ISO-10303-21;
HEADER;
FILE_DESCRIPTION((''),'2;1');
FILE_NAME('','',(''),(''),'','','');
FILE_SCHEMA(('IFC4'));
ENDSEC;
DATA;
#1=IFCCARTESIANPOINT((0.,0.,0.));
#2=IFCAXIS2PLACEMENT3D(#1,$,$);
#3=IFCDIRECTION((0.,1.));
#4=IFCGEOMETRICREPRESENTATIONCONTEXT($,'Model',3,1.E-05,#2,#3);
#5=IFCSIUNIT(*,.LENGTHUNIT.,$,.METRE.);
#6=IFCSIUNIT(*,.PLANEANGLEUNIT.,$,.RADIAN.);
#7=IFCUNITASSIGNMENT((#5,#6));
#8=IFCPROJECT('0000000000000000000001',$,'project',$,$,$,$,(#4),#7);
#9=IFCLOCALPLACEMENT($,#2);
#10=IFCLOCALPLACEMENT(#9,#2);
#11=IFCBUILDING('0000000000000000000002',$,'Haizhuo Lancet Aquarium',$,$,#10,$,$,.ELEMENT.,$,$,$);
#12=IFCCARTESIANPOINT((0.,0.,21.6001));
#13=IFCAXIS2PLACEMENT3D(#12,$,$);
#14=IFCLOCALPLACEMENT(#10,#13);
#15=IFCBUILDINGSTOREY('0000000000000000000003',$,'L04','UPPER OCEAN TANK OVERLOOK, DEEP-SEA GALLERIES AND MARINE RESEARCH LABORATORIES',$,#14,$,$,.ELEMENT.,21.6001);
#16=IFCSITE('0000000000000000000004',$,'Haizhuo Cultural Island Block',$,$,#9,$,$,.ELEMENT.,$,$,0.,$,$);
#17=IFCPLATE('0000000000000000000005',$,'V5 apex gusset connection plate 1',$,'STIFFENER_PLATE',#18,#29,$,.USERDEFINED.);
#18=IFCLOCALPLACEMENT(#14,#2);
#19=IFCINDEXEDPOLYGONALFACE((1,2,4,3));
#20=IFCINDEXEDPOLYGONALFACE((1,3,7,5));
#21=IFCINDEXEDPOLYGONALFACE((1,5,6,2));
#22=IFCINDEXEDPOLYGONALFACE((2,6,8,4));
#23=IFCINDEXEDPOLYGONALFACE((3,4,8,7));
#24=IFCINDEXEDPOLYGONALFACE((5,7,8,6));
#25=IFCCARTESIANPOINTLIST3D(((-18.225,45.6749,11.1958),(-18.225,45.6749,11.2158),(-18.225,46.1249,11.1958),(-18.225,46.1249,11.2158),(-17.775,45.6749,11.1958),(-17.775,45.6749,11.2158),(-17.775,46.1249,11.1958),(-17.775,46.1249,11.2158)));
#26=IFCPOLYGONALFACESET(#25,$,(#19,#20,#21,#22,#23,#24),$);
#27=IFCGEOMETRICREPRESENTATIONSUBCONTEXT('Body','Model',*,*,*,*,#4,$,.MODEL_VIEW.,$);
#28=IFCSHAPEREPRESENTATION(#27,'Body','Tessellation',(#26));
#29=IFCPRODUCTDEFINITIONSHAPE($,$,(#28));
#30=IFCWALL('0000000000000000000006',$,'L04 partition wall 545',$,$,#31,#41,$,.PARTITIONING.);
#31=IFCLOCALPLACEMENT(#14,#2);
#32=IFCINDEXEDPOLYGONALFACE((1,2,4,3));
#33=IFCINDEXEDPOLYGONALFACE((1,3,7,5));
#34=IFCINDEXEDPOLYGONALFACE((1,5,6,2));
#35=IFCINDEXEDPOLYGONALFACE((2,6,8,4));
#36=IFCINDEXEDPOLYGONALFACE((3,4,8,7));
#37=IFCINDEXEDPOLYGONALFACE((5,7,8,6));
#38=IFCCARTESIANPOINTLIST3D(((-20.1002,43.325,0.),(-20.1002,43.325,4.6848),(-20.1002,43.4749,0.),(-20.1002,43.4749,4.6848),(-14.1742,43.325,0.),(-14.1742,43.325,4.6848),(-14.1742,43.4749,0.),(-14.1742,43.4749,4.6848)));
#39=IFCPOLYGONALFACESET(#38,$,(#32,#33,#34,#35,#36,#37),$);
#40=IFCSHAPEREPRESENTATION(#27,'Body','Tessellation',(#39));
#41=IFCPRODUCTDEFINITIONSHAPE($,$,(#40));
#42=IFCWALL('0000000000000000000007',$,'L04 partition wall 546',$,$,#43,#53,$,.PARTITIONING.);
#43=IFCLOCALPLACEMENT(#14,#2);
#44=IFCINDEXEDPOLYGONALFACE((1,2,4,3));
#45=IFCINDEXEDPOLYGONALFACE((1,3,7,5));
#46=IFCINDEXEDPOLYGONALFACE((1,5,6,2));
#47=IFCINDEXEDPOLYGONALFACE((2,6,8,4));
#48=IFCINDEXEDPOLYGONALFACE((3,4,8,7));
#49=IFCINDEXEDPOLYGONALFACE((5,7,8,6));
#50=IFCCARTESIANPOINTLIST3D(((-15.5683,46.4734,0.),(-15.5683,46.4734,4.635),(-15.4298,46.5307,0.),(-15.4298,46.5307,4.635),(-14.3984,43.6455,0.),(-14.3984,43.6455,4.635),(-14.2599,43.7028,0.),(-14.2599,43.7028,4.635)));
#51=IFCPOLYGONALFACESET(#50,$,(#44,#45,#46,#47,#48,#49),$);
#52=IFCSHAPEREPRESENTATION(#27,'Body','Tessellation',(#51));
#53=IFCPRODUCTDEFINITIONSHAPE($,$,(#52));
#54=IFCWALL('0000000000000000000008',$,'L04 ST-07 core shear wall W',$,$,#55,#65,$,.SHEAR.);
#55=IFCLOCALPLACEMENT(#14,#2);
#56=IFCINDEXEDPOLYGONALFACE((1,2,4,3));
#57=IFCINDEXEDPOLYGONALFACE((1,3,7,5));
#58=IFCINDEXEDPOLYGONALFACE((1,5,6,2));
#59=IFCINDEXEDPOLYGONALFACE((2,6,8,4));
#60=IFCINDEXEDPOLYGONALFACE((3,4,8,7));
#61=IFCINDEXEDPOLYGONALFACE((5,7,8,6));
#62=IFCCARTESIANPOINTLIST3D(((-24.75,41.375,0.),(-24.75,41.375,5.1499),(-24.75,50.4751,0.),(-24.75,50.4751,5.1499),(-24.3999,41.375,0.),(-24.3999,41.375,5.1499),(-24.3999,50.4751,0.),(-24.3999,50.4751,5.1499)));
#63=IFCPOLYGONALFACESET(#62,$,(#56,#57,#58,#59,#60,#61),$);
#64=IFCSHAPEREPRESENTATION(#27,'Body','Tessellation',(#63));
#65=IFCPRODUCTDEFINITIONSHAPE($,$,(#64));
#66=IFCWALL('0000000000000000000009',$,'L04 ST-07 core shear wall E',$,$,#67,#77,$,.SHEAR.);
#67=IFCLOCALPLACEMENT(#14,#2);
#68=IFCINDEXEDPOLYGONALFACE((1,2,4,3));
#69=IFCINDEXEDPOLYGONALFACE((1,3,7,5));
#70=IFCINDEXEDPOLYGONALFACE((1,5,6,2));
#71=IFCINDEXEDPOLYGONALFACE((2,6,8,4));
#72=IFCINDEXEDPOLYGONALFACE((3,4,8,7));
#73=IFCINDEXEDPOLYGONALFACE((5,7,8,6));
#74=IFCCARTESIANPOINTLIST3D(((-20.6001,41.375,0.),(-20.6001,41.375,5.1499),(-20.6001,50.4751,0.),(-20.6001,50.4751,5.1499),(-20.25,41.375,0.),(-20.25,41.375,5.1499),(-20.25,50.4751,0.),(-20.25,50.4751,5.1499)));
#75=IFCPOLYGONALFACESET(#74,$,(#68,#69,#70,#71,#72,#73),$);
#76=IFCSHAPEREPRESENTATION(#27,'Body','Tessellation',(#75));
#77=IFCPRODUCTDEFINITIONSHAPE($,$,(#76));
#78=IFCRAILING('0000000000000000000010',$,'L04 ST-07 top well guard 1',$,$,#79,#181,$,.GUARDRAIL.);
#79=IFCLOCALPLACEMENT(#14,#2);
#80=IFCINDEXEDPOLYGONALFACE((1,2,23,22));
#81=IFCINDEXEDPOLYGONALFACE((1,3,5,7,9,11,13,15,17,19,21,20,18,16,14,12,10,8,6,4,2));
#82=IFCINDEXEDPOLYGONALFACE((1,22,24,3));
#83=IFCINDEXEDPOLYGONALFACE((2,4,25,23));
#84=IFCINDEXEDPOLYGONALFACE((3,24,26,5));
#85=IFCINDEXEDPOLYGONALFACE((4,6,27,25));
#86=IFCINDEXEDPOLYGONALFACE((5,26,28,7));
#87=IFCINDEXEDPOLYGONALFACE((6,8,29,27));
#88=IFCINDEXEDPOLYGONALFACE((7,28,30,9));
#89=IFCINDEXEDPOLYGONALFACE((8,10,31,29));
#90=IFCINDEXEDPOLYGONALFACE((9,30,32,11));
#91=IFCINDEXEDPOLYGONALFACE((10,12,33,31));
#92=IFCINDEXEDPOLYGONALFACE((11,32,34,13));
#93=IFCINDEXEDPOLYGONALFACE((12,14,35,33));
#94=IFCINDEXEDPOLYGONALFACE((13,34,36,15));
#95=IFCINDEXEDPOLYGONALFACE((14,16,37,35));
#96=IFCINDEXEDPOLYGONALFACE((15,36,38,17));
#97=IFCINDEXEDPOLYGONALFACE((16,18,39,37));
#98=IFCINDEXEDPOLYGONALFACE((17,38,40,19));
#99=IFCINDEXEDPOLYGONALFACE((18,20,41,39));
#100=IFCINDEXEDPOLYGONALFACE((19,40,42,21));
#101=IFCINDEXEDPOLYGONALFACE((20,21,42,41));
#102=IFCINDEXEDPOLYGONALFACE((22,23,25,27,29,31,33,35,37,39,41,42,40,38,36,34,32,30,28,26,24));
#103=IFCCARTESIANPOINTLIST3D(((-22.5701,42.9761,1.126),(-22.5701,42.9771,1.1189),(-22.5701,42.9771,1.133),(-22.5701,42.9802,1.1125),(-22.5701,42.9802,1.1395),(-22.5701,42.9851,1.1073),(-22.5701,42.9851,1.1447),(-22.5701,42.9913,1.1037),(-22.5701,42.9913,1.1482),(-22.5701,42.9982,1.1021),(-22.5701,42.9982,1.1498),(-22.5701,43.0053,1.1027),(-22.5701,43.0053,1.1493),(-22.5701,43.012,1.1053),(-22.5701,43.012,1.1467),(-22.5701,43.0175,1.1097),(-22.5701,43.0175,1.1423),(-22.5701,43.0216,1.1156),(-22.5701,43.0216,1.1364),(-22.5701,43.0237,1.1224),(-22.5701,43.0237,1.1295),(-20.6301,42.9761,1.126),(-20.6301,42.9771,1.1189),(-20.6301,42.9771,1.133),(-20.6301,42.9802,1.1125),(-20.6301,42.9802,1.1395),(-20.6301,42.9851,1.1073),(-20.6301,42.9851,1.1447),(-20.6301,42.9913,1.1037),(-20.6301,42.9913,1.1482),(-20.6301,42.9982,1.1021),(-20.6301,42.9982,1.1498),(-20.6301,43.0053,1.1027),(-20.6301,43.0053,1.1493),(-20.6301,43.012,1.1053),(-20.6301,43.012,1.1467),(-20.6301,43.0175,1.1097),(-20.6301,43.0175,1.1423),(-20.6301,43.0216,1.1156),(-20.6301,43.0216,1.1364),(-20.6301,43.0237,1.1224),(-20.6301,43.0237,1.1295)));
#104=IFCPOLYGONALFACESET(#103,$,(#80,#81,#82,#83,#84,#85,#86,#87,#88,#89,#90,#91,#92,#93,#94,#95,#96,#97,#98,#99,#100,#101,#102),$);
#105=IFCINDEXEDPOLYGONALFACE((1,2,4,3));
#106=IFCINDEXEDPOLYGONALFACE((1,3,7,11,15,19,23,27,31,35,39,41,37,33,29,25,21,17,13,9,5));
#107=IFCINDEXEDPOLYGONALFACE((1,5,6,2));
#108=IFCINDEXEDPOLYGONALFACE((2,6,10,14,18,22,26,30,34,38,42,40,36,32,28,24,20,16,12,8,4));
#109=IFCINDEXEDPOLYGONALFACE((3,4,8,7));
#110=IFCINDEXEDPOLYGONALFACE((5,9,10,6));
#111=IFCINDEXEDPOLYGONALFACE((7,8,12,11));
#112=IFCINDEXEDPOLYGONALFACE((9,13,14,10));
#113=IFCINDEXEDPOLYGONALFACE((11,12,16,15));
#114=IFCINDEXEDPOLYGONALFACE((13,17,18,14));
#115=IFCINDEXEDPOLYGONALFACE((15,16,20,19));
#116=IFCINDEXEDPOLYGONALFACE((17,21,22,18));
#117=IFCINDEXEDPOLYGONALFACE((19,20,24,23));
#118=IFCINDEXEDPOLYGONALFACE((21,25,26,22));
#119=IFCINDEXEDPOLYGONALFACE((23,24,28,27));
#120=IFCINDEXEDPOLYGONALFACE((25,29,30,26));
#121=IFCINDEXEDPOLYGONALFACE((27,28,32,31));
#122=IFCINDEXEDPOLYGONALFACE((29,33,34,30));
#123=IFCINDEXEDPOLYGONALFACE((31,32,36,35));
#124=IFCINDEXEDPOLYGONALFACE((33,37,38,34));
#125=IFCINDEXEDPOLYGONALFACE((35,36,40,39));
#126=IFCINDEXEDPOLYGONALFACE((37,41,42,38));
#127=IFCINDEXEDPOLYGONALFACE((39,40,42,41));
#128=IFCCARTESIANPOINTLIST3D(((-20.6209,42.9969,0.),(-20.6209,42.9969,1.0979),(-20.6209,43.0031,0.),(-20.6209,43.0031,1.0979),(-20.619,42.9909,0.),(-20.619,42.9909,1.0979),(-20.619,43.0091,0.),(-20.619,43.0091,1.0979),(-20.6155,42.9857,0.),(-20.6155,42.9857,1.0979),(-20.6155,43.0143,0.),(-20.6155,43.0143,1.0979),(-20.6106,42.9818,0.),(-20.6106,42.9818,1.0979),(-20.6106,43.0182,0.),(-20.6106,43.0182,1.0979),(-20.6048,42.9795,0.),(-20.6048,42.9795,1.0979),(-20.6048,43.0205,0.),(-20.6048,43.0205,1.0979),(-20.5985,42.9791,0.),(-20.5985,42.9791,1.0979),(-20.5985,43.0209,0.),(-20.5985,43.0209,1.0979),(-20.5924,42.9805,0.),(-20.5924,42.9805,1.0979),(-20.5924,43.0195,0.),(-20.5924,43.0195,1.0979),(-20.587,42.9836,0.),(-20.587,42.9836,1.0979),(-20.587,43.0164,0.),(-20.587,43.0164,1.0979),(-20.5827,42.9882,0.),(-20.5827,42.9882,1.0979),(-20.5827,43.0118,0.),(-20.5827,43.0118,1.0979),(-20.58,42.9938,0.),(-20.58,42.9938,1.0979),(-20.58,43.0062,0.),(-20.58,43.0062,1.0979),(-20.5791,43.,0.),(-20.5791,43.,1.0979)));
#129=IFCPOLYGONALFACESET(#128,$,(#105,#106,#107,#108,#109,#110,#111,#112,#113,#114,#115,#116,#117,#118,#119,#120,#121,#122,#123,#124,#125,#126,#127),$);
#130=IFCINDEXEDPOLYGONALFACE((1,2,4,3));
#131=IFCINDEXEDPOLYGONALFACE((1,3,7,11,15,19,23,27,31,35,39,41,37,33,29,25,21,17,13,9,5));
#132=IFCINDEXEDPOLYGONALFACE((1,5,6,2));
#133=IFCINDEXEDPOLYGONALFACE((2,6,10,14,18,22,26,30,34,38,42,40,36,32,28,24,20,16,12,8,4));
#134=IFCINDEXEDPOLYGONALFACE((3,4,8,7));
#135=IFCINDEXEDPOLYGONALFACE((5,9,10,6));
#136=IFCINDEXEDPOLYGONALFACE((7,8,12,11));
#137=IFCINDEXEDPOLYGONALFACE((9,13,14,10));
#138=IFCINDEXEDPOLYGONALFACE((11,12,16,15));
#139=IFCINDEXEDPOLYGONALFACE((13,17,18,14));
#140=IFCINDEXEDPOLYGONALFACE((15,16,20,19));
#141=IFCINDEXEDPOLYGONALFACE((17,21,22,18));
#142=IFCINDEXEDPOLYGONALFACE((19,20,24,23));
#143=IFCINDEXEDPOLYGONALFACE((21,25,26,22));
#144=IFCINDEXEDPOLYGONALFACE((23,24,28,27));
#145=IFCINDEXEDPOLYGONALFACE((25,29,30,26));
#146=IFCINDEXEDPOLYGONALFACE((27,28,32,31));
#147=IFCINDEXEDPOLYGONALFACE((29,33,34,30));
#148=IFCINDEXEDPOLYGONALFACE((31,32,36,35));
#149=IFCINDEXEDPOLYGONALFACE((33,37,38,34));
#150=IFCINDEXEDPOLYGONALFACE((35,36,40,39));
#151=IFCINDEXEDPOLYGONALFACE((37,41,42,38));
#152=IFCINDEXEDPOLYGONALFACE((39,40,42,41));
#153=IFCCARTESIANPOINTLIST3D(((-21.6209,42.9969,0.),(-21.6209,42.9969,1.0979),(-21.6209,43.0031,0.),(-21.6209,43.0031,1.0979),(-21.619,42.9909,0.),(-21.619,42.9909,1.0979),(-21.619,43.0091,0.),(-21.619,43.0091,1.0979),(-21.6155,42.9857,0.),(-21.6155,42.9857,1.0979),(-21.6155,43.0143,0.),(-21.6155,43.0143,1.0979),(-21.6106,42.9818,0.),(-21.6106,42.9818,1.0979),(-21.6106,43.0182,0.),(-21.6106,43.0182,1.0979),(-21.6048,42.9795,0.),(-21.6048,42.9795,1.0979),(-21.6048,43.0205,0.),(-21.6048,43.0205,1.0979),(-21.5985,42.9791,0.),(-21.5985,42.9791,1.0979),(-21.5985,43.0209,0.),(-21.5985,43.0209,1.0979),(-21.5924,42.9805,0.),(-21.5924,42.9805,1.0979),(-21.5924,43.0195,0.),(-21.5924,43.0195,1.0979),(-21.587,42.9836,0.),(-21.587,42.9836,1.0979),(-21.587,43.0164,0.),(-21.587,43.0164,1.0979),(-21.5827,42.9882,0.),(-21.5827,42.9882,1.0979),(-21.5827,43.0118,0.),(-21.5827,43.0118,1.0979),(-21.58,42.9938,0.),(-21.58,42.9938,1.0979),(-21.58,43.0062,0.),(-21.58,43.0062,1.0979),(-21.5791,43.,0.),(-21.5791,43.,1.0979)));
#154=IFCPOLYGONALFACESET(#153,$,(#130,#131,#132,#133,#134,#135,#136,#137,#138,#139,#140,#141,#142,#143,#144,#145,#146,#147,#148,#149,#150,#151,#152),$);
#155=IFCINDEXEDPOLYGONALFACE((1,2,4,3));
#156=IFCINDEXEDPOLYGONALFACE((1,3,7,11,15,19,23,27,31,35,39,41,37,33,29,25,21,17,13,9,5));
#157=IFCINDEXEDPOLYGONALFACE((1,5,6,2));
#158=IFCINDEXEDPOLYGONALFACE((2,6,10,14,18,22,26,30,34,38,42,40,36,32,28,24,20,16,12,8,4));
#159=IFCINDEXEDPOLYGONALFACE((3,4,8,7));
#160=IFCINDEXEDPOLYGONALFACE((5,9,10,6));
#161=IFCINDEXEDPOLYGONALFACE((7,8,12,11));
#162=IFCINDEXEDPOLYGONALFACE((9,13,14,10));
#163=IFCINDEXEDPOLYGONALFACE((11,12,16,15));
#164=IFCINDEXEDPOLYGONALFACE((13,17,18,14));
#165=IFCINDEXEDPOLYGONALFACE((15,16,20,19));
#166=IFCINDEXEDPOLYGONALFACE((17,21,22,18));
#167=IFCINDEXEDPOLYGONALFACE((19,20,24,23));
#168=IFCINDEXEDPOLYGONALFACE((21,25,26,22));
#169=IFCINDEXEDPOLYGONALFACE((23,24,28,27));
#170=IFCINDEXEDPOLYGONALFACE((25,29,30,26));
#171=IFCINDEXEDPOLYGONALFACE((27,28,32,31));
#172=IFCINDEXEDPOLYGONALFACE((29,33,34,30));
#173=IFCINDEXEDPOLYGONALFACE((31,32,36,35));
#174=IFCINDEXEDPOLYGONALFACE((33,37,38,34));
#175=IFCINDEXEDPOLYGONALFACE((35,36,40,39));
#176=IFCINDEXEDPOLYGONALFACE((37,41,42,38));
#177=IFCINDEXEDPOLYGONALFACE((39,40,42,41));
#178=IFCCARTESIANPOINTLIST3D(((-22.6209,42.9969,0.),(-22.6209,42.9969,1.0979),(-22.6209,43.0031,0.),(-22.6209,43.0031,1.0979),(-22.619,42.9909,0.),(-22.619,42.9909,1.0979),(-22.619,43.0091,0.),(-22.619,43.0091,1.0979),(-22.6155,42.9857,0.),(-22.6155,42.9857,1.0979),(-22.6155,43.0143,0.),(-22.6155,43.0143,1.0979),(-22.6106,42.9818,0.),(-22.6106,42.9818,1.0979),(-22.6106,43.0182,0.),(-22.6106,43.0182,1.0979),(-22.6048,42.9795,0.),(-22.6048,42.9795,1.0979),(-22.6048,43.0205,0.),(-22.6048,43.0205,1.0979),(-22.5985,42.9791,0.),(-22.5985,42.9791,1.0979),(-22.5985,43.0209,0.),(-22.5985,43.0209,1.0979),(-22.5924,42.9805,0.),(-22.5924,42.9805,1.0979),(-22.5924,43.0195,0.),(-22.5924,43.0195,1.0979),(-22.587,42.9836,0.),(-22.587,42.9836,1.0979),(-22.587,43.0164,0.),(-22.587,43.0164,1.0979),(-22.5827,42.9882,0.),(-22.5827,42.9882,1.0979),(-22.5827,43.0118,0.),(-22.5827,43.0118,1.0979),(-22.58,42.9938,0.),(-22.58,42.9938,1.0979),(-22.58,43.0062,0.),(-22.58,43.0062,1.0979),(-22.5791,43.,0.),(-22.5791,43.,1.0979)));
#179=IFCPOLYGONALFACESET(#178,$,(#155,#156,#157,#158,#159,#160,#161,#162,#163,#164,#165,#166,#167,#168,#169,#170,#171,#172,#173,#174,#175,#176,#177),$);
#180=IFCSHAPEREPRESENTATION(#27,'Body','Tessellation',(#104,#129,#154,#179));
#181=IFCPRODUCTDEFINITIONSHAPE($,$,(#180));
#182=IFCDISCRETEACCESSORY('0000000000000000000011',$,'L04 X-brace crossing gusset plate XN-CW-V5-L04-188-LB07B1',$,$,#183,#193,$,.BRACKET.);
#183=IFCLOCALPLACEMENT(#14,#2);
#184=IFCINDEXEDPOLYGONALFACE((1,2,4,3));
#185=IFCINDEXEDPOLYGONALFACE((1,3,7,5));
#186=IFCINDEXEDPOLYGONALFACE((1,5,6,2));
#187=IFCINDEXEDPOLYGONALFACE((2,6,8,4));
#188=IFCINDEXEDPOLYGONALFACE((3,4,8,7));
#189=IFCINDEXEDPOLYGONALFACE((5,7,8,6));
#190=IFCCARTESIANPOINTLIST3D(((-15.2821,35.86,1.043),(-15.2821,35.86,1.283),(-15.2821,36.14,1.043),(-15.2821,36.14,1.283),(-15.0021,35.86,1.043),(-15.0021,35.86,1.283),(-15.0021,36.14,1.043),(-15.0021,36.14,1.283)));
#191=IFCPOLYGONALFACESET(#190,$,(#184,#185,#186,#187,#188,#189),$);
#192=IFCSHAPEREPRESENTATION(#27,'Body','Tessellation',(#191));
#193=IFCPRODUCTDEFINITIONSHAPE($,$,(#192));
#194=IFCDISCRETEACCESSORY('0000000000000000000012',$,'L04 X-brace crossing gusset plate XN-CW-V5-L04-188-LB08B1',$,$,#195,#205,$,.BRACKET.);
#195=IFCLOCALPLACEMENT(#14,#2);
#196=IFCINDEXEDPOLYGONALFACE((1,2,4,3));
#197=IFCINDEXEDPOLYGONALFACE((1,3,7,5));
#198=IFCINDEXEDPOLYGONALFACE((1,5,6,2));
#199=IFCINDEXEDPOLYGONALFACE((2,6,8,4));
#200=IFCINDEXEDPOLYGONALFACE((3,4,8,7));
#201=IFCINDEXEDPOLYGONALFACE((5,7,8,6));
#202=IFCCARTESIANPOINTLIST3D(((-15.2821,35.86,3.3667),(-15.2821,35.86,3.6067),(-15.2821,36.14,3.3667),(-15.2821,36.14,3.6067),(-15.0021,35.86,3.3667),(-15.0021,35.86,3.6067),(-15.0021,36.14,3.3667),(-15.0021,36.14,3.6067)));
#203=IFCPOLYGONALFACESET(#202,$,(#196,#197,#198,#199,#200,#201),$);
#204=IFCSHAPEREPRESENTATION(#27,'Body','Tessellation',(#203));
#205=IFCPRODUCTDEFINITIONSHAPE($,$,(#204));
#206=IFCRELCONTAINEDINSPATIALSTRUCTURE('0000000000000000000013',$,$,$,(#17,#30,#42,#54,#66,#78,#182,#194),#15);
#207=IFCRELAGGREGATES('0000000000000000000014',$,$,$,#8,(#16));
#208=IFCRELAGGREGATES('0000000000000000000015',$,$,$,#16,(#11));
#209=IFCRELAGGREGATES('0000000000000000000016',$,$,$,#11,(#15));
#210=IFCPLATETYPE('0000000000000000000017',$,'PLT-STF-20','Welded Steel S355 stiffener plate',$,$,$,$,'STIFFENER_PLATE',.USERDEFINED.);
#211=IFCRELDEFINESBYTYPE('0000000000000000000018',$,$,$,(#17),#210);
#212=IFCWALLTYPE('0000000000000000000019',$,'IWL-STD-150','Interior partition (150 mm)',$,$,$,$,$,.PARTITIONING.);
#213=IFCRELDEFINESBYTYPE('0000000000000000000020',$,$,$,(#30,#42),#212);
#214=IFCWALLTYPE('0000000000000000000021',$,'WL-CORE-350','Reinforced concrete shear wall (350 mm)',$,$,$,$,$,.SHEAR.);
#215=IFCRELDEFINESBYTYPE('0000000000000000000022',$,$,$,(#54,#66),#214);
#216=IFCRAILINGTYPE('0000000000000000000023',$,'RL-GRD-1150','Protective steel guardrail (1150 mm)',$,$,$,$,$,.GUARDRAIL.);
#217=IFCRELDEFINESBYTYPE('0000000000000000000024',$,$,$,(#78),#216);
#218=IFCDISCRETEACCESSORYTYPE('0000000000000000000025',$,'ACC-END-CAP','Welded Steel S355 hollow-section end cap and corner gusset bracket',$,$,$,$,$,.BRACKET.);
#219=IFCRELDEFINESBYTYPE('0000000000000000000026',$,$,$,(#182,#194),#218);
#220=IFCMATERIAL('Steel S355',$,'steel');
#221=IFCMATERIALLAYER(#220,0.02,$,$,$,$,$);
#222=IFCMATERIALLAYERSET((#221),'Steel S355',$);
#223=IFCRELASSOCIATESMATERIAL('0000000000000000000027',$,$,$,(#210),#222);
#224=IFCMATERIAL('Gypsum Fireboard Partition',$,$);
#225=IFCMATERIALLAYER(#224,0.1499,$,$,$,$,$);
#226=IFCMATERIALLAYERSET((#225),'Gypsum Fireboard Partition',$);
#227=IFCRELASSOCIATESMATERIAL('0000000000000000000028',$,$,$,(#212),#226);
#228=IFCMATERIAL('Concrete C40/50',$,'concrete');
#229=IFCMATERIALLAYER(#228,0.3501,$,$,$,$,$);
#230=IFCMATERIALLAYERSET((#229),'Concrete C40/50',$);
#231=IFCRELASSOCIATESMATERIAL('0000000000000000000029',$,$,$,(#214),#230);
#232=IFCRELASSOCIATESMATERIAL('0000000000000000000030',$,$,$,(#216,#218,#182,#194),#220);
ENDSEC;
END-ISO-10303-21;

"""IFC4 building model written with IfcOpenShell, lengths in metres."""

from ifc_helpers import new_model, si_unit, direction, frame, frame_2d, origin, origin_2d, place, context, subcontext, project, spatial, rectangle, circle, extrude, material, layer, layer_set, type_object, element, save


model = new_model("IFC4")

# Units and contexts
model_context = context("Model", 3, precision=1e-05, world=origin(), true_north=direction((0.0, 1.0)))
body_context = subcontext(model_context, "Body", "Model", "MODEL_VIEW")
ifc_project = project(units=[si_unit("LENGTHUNIT", "METRE"), si_unit("PLANEANGLEUNIT", "RADIAN")], contexts=[model_context])

# Site, building, storey
site_placement = place(None, origin())
site = spatial("IfcSite", under=ifc_project, at=site_placement, Name="Haizhuo Cultural Island Block", CompositionType="ELEMENT", RefElevation=0.0)
building_placement = place(site_placement, origin())
building = spatial("IfcBuilding", under=site, at=building_placement, Name="Haizhuo Lancet Aquarium", CompositionType="ELEMENT")
storey_placement = place(building_placement, frame((0.0, 0.0, 21.6001)))
storey = spatial("IfcBuildingStorey", under=building, at=storey_placement, Name="L04", Description="UPPER OCEAN TANK OVERLOOK, DEEP-SEA GALLERIES AND MARINE RESEARCH LABORATORIES", CompositionType="ELEMENT", Elevation=21.6001)

# Shared definitions
ifc_material_1 = material(Name="Concrete C40/50", Category="concrete")

# Shared definitions
ifc_material_2 = material(Name="Steel S355", Category="steel")

# Plate
ifc_layer_1 = layer(ifc_material_2, 0.02)
ifc_layer_set_1 = layer_set([ifc_layer_1], Name="Steel S355")
plate_type_1 = type_object("IfcPlateType", Name="PLT-STF-20", Description="Welded Steel S355 stiffener plate", ElementType="STIFFENER_PLATE", PredefinedType="USERDEFINED", material=ifc_layer_set_1)
plate_1_placement = place(storey_placement, frame((-18.0, 45.8999, 11.1958), z_axis=(0.0, 0.0, 1.0), x_axis=(1.0, 0.0, 0.0)))
element("IfcPlate", 1, at=plate_1_placement, inside=storey, type_object=plate_type_1, Name="V5 apex gusset connection plate 1", ObjectType="STIFFENER_PLATE", PredefinedType="USERDEFINED", context=body_context, shape_type="SweptSolid", body=[
    extrude(rectangle(XDim=0.45, YDim=0.45, at=origin_2d()), origin(), (0.0, 0.0, 1.0), 0.02),
])

# Walls
ifc_material_3 = material(Name="Gypsum Fireboard Partition")
ifc_layer_2 = layer(ifc_material_3, 0.1499)
ifc_layer_set_2 = layer_set([ifc_layer_2], Name="Gypsum Fireboard Partition")
wall_type_1 = type_object("IfcWallType", Name="IWL-STD-150", Description="Interior partition (150 mm)", PredefinedType="PARTITIONING", material=ifc_layer_set_2)
wall_1_placement = place(storey_placement, frame((-20.1001, 43.3999, 0.0), z_axis=(0.0, 0.0, 1.0), x_axis=(1.0, 0.0, 0.0)))
element("IfcWall", 2, at=wall_1_placement, inside=storey, type_object=wall_type_1, Name="L04 partition wall 545", PredefinedType="PARTITIONING", context=body_context, shape_type="SweptSolid", body=[
    extrude(rectangle(XDim=5.926, YDim=0.1499, at=frame_2d((2.9629, 0.0))), origin(), (0.0, 0.0, 1.0), 4.6848),
])
wall_2_placement = place(storey_placement, frame((-14.3291, 43.6741, 0.0), z_axis=(0.0, 0.0, 1.0), x_axis=(-0.382286, 0.924044, 0.0)))
element("IfcWall", 3, at=wall_2_placement, inside=storey, type_object=wall_type_1, Name="L04 partition wall 546", PredefinedType="PARTITIONING", context=body_context, shape_type="SweptSolid", body=[
    extrude(rectangle(XDim=3.0603, YDim=0.1499, at=frame_2d((1.5303, 0.0))), origin(), (0.0, 0.0, 1.0), 4.635),
])
ifc_layer_3 = layer(ifc_material_1, 0.3501)
ifc_layer_set_3 = layer_set([ifc_layer_3], Name="Concrete C40/50")
wall_type_2 = type_object("IfcWallType", Name="WL-CORE-350", Description="Reinforced concrete shear wall (350 mm)", PredefinedType="SHEAR", material=ifc_layer_set_3)
for number, where, z_axis, x_axis, name in (
    (4, (-24.575, 41.375, 0.0), (0.0, 0.0, 1.0), (0.0, 1.0, 0.0), "L04 ST-07 core shear wall W"),
    (5, (-20.425, 41.375, 0.0), (0.0, 0.0, 1.0), (0.0, 1.0, 0.0), "L04 ST-07 core shear wall E"),
):
    element("IfcWall", number, at=place(storey_placement, frame(where, z_axis=z_axis, x_axis=x_axis)), inside=storey, type_object=wall_type_2, Name=name, PredefinedType="SHEAR", context=body_context, shape_type="SweptSolid", body=[
        extrude(rectangle(XDim=9.1001, YDim=0.3501, at=frame_2d((4.55, 0.0))), origin(), (0.0, 0.0, 1.0), 5.1499),
    ])

# Railing
railing_type = type_object("IfcRailingType", Name="RL-GRD-1150", Description="Protective steel guardrail (1150 mm)", PredefinedType="GUARDRAIL", material=ifc_material_2)
railing_placement = place(storey_placement, frame((-20.6001, 43.0, 0.0)))
element("IfcRailing", 6, at=railing_placement, inside=storey, type_object=railing_type, Name="L04 ST-07 top well guard 1", PredefinedType="GUARDRAIL", context=body_context, shape_type="SweptSolid", body=[
    extrude(circle(Radius=0.0239, at=origin_2d()), frame((-0.03, 0.0, 1.126), z_axis=(-1.0, 0.0, 0.0), x_axis=(0.0, -1.0, 0.0)), (0.0, 0.0, 1.0), 1.9399),
    extrude(circle(Radius=0.021, at=origin_2d()), origin(), (0.0, 0.0, 1.0), 1.0979),
    extrude(circle(Radius=0.021, at=origin_2d()), frame((-1.0, 0.0, 0.0)), (0.0, 0.0, 1.0), 1.0979),
    extrude(circle(Radius=0.021, at=origin_2d()), frame((-2.0, 0.0, 0.0)), (0.0, 0.0, 1.0), 1.0979),
])

# Discrete accessories
discrete_accessory_type = type_object("IfcDiscreteAccessoryType", Name="ACC-END-CAP", Description="Welded Steel S355 hollow-section end cap and corner gusset bracket", PredefinedType="BRACKET", material=ifc_material_2)
for number, where, z_axis, x_axis, name in (
    (7, (-15.1421, 36.0, 1.043), (0.0, 0.0, 1.0), (1.0, 0.0, 0.0), "L04 X-brace crossing gusset plate XN-CW-V5-L04-188-LB07B1"),
    (8, (-15.1421, 36.0, 3.3667), (0.0, 0.0, 1.0), (1.0, 0.0, 0.0), "L04 X-brace crossing gusset plate XN-CW-V5-L04-188-LB08B1"),
):
    element("IfcDiscreteAccessory", number, at=place(storey_placement, frame(where, z_axis=z_axis, x_axis=x_axis)), inside=storey, type_object=discrete_accessory_type, material=ifc_material_2, Name=name, PredefinedType="BRACKET", context=body_context, shape_type="SweptSolid", body=[
        extrude(rectangle(XDim=0.28, YDim=0.28, at=origin_2d()), origin(), (0.0, 0.0, 1.0), 0.24),
    ])

save(model, "model.ifc")
